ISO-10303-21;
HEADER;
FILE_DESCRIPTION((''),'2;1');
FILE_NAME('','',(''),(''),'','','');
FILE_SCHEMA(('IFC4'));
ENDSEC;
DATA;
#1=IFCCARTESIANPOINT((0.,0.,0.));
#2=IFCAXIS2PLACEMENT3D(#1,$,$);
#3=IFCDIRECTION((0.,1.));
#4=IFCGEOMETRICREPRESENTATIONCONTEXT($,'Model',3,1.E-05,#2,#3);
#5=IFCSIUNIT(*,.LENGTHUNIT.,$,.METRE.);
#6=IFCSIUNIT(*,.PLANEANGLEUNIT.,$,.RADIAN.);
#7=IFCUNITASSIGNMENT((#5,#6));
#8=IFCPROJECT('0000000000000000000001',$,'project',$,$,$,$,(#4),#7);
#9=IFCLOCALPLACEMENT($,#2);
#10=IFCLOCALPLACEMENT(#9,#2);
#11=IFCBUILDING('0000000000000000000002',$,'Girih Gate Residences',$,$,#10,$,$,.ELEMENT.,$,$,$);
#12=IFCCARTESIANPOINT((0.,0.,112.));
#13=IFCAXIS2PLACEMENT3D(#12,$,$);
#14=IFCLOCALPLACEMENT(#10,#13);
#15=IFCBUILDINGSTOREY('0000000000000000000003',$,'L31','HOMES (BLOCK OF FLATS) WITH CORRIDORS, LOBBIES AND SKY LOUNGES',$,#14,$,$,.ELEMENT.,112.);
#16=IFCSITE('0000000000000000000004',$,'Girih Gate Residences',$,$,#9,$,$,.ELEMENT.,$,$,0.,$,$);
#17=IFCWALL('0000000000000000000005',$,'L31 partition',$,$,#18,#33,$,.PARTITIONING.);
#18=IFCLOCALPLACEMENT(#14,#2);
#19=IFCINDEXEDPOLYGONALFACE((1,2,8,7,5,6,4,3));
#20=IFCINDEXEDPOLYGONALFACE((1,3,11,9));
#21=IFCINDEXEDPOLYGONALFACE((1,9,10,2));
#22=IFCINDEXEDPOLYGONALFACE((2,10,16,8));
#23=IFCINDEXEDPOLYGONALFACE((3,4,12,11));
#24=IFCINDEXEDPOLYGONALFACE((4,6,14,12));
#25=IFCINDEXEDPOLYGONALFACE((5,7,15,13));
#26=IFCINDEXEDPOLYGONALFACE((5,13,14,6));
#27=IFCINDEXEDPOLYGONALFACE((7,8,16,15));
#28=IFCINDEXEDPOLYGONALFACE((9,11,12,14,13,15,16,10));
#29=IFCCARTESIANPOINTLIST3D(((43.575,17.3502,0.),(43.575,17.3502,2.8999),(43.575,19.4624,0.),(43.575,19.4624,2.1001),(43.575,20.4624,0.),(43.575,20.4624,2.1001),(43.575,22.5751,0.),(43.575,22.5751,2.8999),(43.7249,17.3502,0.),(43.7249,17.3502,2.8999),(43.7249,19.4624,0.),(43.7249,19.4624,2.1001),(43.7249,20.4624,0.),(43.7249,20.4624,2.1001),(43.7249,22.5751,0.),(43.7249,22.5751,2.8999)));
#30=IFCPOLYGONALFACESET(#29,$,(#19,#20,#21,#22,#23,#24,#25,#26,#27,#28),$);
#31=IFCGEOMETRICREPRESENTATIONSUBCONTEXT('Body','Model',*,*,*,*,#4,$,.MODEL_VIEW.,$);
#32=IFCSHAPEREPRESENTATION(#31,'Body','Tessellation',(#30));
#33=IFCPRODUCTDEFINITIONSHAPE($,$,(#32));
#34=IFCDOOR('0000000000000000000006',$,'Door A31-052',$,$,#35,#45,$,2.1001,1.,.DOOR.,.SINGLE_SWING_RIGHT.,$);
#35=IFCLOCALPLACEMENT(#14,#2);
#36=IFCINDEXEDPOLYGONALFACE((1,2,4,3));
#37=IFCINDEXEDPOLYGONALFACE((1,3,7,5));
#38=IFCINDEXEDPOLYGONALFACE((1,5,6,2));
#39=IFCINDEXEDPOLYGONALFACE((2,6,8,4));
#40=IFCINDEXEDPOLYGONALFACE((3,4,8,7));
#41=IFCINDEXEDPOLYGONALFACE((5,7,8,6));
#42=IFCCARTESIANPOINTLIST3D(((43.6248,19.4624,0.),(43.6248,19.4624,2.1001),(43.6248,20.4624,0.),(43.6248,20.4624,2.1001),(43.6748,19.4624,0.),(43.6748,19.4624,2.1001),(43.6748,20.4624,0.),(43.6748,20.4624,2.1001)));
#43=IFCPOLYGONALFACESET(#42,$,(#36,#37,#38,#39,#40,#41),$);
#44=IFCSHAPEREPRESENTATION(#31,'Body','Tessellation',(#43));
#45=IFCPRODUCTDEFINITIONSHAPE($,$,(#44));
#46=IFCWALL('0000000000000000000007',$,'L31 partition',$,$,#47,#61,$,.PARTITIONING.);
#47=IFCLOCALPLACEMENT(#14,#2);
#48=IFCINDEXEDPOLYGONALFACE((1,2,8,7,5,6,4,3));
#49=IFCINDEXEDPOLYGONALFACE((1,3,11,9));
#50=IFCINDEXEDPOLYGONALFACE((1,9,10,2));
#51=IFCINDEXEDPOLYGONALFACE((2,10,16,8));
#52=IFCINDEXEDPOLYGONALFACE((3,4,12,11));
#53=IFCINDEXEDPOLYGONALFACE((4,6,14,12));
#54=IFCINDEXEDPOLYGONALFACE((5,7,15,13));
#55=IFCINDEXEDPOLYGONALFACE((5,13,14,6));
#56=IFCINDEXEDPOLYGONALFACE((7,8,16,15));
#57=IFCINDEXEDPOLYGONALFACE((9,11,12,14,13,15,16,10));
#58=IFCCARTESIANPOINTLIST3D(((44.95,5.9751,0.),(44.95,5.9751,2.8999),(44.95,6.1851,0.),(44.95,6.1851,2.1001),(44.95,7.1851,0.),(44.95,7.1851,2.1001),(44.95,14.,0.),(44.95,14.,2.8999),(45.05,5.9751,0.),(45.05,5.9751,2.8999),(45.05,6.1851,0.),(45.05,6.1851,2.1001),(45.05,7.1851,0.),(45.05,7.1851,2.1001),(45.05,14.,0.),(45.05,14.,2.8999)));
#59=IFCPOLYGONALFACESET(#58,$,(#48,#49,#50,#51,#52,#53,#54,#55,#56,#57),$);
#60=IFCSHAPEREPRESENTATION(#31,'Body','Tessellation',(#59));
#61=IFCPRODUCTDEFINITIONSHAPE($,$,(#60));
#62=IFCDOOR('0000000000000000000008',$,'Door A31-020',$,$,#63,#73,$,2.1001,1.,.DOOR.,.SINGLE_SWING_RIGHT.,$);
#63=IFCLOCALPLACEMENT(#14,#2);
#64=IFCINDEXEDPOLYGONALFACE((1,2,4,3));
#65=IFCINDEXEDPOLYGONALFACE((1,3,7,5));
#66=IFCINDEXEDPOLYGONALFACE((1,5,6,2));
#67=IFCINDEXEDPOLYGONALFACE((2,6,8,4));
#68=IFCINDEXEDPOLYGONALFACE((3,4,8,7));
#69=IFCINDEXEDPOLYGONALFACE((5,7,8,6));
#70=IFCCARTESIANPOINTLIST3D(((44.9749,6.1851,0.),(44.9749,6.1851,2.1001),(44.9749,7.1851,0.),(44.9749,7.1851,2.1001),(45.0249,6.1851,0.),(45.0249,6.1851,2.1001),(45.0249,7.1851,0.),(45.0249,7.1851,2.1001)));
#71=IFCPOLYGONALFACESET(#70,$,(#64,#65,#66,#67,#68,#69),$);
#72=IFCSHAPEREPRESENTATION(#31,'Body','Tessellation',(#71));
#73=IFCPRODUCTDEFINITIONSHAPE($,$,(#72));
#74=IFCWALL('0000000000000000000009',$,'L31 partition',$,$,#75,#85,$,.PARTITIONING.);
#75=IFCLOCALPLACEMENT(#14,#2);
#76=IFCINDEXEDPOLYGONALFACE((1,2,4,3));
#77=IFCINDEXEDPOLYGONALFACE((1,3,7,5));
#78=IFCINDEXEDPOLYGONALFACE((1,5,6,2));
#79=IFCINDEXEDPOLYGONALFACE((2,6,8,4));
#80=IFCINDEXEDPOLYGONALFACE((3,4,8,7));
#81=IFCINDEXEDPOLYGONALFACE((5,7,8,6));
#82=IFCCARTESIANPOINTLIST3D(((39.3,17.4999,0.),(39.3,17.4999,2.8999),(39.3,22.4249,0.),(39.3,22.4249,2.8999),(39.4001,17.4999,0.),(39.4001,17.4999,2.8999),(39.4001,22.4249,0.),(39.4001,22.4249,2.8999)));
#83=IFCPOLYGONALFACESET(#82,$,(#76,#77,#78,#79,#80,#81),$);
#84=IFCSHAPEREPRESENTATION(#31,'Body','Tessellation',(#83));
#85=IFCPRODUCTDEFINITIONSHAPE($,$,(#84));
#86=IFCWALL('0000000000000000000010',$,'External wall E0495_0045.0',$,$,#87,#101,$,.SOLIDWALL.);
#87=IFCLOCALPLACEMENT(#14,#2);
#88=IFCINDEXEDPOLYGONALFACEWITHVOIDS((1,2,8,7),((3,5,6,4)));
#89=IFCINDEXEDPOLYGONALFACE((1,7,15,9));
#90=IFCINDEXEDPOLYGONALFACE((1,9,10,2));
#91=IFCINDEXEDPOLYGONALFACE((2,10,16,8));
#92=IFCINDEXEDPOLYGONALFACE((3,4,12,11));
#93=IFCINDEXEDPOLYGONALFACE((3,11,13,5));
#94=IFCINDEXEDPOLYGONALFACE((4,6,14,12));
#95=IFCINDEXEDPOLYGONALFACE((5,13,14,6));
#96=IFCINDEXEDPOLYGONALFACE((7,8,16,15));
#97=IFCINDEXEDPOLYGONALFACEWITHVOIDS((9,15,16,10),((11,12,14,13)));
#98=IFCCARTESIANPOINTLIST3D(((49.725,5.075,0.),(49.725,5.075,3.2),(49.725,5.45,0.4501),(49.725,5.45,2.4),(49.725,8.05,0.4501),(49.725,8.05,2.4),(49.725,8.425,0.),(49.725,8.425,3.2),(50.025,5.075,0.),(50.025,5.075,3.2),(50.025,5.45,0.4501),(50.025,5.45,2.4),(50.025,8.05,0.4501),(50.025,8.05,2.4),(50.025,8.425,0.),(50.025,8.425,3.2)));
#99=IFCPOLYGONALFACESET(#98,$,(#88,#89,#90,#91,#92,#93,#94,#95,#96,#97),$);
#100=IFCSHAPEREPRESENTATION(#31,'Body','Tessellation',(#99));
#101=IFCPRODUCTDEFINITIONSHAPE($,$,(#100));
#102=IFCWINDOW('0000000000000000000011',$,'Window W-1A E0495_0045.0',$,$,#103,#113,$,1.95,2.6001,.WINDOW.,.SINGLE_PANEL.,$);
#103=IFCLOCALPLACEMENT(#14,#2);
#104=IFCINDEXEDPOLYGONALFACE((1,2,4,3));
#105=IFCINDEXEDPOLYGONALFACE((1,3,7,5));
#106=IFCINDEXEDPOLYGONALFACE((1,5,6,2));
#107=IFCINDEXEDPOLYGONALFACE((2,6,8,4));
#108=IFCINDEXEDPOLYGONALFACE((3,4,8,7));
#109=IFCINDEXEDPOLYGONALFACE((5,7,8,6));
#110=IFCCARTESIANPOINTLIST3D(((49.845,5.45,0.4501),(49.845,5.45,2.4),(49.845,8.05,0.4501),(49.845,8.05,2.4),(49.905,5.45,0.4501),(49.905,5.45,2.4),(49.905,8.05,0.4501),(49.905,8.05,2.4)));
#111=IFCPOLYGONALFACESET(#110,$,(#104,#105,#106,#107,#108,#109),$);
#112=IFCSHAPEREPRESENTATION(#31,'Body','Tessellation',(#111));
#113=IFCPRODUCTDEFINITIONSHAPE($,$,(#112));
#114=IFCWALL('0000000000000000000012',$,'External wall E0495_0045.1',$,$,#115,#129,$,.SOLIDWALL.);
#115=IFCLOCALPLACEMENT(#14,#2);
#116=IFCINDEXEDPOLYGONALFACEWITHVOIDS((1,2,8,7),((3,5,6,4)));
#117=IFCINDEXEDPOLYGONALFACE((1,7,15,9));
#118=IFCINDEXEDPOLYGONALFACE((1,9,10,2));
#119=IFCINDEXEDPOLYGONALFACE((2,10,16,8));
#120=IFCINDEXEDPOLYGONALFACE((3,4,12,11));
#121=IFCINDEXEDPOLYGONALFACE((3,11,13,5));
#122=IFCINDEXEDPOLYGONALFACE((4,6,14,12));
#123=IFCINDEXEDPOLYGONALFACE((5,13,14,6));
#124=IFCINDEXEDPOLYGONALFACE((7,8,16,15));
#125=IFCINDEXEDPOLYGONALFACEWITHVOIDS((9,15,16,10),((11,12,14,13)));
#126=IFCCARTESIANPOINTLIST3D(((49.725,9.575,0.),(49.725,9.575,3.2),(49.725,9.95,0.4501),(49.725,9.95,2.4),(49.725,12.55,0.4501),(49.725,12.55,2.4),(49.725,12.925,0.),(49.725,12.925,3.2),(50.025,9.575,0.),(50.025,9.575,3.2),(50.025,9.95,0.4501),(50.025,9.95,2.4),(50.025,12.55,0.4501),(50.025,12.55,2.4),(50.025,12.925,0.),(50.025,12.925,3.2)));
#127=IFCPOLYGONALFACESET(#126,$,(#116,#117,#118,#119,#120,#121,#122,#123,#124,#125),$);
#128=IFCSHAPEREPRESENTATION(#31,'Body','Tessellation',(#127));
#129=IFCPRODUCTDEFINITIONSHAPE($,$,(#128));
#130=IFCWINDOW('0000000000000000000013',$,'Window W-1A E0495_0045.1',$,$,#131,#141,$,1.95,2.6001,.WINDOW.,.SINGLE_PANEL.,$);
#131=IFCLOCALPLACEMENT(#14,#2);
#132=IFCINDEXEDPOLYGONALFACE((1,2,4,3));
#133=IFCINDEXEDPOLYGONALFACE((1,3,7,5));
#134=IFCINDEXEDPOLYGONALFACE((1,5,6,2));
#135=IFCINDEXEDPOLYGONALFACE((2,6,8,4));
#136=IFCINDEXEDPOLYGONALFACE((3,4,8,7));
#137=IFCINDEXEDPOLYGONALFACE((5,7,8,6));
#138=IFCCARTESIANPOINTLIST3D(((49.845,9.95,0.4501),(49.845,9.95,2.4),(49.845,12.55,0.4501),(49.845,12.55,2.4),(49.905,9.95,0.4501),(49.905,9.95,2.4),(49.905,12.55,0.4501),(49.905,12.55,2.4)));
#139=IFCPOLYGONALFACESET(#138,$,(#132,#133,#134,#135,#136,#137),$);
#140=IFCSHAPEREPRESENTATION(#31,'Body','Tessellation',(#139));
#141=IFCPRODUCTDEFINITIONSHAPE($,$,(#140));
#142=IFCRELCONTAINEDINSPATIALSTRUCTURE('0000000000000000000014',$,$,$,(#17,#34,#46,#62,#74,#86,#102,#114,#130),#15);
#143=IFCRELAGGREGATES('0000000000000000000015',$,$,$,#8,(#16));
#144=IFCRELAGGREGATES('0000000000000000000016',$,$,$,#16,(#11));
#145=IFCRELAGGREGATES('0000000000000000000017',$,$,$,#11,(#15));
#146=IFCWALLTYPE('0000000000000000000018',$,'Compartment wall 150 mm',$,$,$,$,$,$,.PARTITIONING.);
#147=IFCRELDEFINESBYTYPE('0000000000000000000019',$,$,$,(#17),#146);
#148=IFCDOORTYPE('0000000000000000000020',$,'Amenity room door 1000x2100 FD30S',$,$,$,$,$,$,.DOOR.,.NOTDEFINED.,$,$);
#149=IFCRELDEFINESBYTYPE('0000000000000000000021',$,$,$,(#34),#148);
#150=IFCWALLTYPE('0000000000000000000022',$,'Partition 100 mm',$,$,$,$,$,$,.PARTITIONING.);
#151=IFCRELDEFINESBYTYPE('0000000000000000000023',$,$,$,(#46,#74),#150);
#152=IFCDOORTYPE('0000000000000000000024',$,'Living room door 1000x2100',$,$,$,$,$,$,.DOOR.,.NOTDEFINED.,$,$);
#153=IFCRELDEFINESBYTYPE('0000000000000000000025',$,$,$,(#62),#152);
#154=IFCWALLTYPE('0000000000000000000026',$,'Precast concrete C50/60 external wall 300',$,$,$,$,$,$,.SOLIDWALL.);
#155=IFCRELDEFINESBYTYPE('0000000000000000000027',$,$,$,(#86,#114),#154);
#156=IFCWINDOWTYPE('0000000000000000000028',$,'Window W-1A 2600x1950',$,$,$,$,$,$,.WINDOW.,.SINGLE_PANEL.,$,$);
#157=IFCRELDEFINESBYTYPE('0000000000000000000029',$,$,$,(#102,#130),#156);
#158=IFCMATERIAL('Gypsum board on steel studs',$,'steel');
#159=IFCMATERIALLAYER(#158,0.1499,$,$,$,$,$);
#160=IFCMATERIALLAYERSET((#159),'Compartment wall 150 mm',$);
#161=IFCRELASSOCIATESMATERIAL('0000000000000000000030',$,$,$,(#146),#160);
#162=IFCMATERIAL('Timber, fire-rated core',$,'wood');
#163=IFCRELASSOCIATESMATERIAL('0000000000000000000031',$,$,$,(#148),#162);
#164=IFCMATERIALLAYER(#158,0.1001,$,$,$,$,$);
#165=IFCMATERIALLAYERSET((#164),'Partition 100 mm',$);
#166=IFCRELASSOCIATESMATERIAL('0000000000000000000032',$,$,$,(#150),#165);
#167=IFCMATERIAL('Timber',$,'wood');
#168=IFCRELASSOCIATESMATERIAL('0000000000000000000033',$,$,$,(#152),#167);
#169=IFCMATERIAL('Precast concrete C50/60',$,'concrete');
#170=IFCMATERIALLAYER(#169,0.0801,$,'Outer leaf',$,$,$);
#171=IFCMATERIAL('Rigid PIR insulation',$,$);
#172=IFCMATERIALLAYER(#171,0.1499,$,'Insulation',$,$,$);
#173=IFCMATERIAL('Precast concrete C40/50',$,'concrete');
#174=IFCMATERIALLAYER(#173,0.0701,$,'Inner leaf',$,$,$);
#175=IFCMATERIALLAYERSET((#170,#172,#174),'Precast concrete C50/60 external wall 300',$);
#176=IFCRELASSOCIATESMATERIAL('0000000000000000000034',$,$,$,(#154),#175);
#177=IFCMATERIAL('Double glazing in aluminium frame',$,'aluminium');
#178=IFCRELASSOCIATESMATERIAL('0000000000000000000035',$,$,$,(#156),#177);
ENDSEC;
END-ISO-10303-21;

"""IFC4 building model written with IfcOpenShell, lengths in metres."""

from ifc_helpers import new_model, si_unit, direction, frame, frame_2d, origin, place, context, subcontext, project, spatial, rectangle, extrude, material, layer, layer_set, type_object, element, fill, save


model = new_model("IFC4")

# Units and contexts
model_context = context("Model", 3, precision=1e-05, world=origin(), true_north=direction((0.0, 1.0)))
body_context = subcontext(model_context, "Body", "Model", "MODEL_VIEW")
ifc_project = project(units=[si_unit("LENGTHUNIT", "METRE"), si_unit("PLANEANGLEUNIT", "RADIAN")], contexts=[model_context])

# Site, building, storey
site_placement = place(None, origin())
site = spatial("IfcSite", under=ifc_project, at=site_placement, Name="Girih Gate Residences", CompositionType="ELEMENT", RefElevation=0.0)
building_placement = place(site_placement, origin())
building = spatial("IfcBuilding", under=site, at=building_placement, Name="Girih Gate Residences", CompositionType="ELEMENT")
storey_placement = place(building_placement, frame((0.0, 0.0, 112.0)))
storey = spatial("IfcBuildingStorey", under=building, at=storey_placement, Name="L31", Description="HOMES (BLOCK OF FLATS) WITH CORRIDORS, LOBBIES AND SKY LOUNGES", CompositionType="ELEMENT", Elevation=112.0)

# Shared definitions
ifc_material_1 = material(Name="Gypsum board on steel studs", Category="steel")
ifc_layer_1 = layer(ifc_material_1, 0.1499)
ifc_layer_set_1 = layer_set([ifc_layer_1], Name="Compartment wall 150 mm")
wall_type_1 = type_object("IfcWallType", Name="Compartment wall 150 mm", PredefinedType="PARTITIONING", material=ifc_layer_set_1)

# Shared definitions
ifc_material_2 = material(Name="Timber, fire-rated core", Category="wood")

# Walls, openings, doors
wall_1_placement = place(storey_placement, frame((43.6499, 22.575, 0.0), z_axis=(0.0, 0.0, 1.0), x_axis=(0.0, -1.0, 0.0)))
wall_1 = element("IfcWall", 1, at=wall_1_placement, inside=storey, type_object=wall_type_1, Name="L31 partition", PredefinedType="PARTITIONING", context=body_context, shape_type="SweptSolid", body=[
    extrude(rectangle(XDim=5.2249, YDim=0.1499, at=frame_2d((2.6123, 0.0))), origin(), (0.0, 0.0, 1.0), 2.8999),
])
opening_1_placement = place(wall_1_placement, frame((2.1125, 0.0, 0.0)))
opening_1 = element("IfcOpeningElement", 2, at=opening_1_placement, cuts=wall_1, PredefinedType="OPENING", context=body_context, shape_type="SweptSolid", body=[
    extrude(rectangle(XDim=1.0, YDim=2.1001, at=frame_2d((0.5, 1.05))), frame((0.0, 0.085, 0.0), z_axis=(0.0, -1.0, 0.0), x_axis=(1.0, 0.0, 0.0)), (0.0, 0.0, 1.0), 0.1699),
])
door_type_1 = type_object("IfcDoorType", Name="Amenity room door 1000x2100 FD30S", OperationType="NOTDEFINED", PredefinedType="DOOR", material=ifc_material_2)
door_1_placement = place(opening_1_placement, origin())
door_1 = element("IfcDoor", 3, at=door_1_placement, inside=storey, type_object=door_type_1, Name="Door A31-052", OperationType="SINGLE_SWING_RIGHT", OverallHeight=2.1001, OverallWidth=1.0, PredefinedType="DOOR", context=body_context, shape_type="SweptSolid", body=[
    extrude(rectangle(XDim=1.0, YDim=2.1001, at=frame_2d((0.5, 1.05))), frame((0.0, 0.0249, 0.0), z_axis=(0.0, -1.0, 0.0), x_axis=(1.0, 0.0, 0.0)), (0.0, 0.0, 1.0), 0.05),
])
fill(opening_1, door_1)
ifc_layer_2 = layer(ifc_material_1, 0.1001)
ifc_layer_set_2 = layer_set([ifc_layer_2], Name="Partition 100 mm")
wall_type_2 = type_object("IfcWallType", Name="Partition 100 mm", PredefinedType="PARTITIONING", material=ifc_layer_set_2)
wall_2_placement = place(storey_placement, frame((45.0, 14.0, 0.0), z_axis=(0.0, 0.0, 1.0), x_axis=(0.0, -1.0, 0.0)))
wall_2 = element("IfcWall", 4, at=wall_2_placement, inside=storey, type_object=wall_type_2, Name="L31 partition", PredefinedType="PARTITIONING", context=body_context, shape_type="SweptSolid", body=[
    extrude(rectangle(XDim=8.0249, YDim=0.1001, at=frame_2d((4.0125, 0.0))), origin(), (0.0, 0.0, 1.0), 2.8999),
])
opening_2_placement = place(wall_2_placement, frame((6.8149, 0.0, 0.0)))
opening_2 = element("IfcOpeningElement", 5, at=opening_2_placement, cuts=wall_2, PredefinedType="OPENING", context=body_context, shape_type="SweptSolid", body=[
    extrude(rectangle(XDim=1.0, YDim=2.1001, at=frame_2d((0.5, 1.05))), frame((0.0, 0.0601, 0.0), z_axis=(0.0, -1.0, 0.0), x_axis=(1.0, 0.0, 0.0)), (0.0, 0.0, 1.0), 0.1201),
])
ifc_material_3 = material(Name="Timber", Category="wood")
door_type_2 = type_object("IfcDoorType", Name="Living room door 1000x2100", OperationType="NOTDEFINED", PredefinedType="DOOR", material=ifc_material_3)
door_2_placement = place(opening_2_placement, origin())
door_2 = element("IfcDoor", 6, at=door_2_placement, inside=storey, type_object=door_type_2, Name="Door A31-020", OperationType="SINGLE_SWING_RIGHT", OverallHeight=2.1001, OverallWidth=1.0, PredefinedType="DOOR", context=body_context, shape_type="SweptSolid", body=[
    extrude(rectangle(XDim=1.0, YDim=2.1001, at=frame_2d((0.5, 1.05))), frame((0.0, 0.0249, 0.0), z_axis=(0.0, -1.0, 0.0), x_axis=(1.0, 0.0, 0.0)), (0.0, 0.0, 1.0), 0.05),
])
fill(opening_2, door_2)

# Wall
wall_3_placement = place(storey_placement, frame((39.3501, 17.5, 0.0), z_axis=(0.0, 0.0, 1.0), x_axis=(0.0, 1.0, 0.0)))
element("IfcWall", 7, at=wall_3_placement, inside=storey, type_object=wall_type_2, Name="L31 partition", PredefinedType="PARTITIONING", context=body_context, shape_type="SweptSolid", body=[
    extrude(rectangle(XDim=4.925, YDim=0.1001, at=frame_2d((2.4624, 0.0))), origin(), (0.0, 0.0, 1.0), 2.8999),
])

# Walls, openings, windows
ifc_material_4 = material(Name="Precast concrete C50/60", Category="concrete")
ifc_layer_3 = layer(ifc_material_4, 0.0801, Name="Outer leaf")
ifc_material_5 = material(Name="Rigid PIR insulation")
ifc_layer_4 = layer(ifc_material_5, 0.1499, Name="Insulation")
ifc_material_6 = material(Name="Precast concrete C40/50", Category="concrete")
ifc_layer_5 = layer(ifc_material_6, 0.0701, Name="Inner leaf")
ifc_layer_set_3 = layer_set([ifc_layer_3, ifc_layer_4, ifc_layer_5], Name="Precast concrete C50/60 external wall 300")
wall_type_3 = type_object("IfcWallType", Name="Precast concrete C50/60 external wall 300", PredefinedType="SOLIDWALL", material=ifc_layer_set_3)
wall_4_placement = place(storey_placement, frame((49.875, 8.425, 0.0), z_axis=(0.0, 0.0, 1.0), x_axis=(0.0, -1.0, 0.0)))
wall_4 = element("IfcWall", 8, at=wall_4_placement, inside=storey, type_object=wall_type_3, Name="External wall E0495_0045.0", PredefinedType="SOLIDWALL", context=body_context, shape_type="SweptSolid", body=[
    extrude(rectangle(XDim=3.3501, YDim=0.3, at=frame_2d((1.675, 0.0))), origin(), (0.0, 0.0, 1.0), 3.2),
])
opening_3_placement = place(wall_4_placement, frame((0.375, 0.0, 0.45)))
opening_3 = element("IfcOpeningElement", 9, at=opening_3_placement, cuts=wall_4, PredefinedType="OPENING", context=body_context, shape_type="SweptSolid", body=[
    extrude(rectangle(XDim=2.6001, YDim=1.95, at=frame_2d((1.3, 0.9751))), frame((0.0, 0.1599, 0.0), z_axis=(0.0, -1.0, 0.0), x_axis=(1.0, 0.0, 0.0)), (0.0, 0.0, 1.0), 0.3201),
])
ifc_material_7 = material(Name="Double glazing in aluminium frame", Category="aluminium")
window_type = type_object("IfcWindowType", Name="Window W-1A 2600x1950", PartitioningType="SINGLE_PANEL", PredefinedType="WINDOW", material=ifc_material_7)
window_1_placement = place(opening_3_placement, origin())
window_1 = element("IfcWindow", 10, at=window_1_placement, inside=storey, type_object=window_type, Name="Window W-1A E0495_0045.0", OverallHeight=1.95, OverallWidth=2.6001, PartitioningType="SINGLE_PANEL", PredefinedType="WINDOW", context=body_context, shape_type="SweptSolid", body=[
    extrude(rectangle(XDim=2.6001, YDim=1.95, at=frame_2d((1.3, 0.9751))), frame((0.0, 0.03, 0.0), z_axis=(0.0, -1.0, 0.0), x_axis=(1.0, 0.0, 0.0)), (0.0, 0.0, 1.0), 0.0601),
])
fill(opening_3, window_1)
wall_5_placement = place(storey_placement, frame((49.875, 12.925, 0.0), z_axis=(0.0, 0.0, 1.0), x_axis=(0.0, -1.0, 0.0)))
wall_5 = element("IfcWall", 11, at=wall_5_placement, inside=storey, type_object=wall_type_3, Name="External wall E0495_0045.1", PredefinedType="SOLIDWALL", context=body_context, shape_type="SweptSolid", body=[
    extrude(rectangle(XDim=3.3501, YDim=0.3, at=frame_2d((1.675, 0.0))), origin(), (0.0, 0.0, 1.0), 3.2),
])
opening_4_placement = place(wall_5_placement, frame((0.375, 0.0, 0.45)))
opening_4 = element("IfcOpeningElement", 12, at=opening_4_placement, cuts=wall_5, PredefinedType="OPENING", context=body_context, shape_type="SweptSolid", body=[
    extrude(rectangle(XDim=2.6001, YDim=1.95, at=frame_2d((1.3, 0.9751))), frame((0.0, 0.1599, 0.0), z_axis=(0.0, -1.0, 0.0), x_axis=(1.0, 0.0, 0.0)), (0.0, 0.0, 1.0), 0.3201),
])
window_2_placement = place(opening_4_placement, origin())
window_2 = element("IfcWindow", 13, at=window_2_placement, inside=storey, type_object=window_type, Name="Window W-1A E0495_0045.1", OverallHeight=1.95, OverallWidth=2.6001, PartitioningType="SINGLE_PANEL", PredefinedType="WINDOW", context=body_context, shape_type="SweptSolid", body=[
    extrude(rectangle(XDim=2.6001, YDim=1.95, at=frame_2d((1.3, 0.9751))), frame((0.0, 0.03, 0.0), z_axis=(0.0, -1.0, 0.0), x_axis=(1.0, 0.0, 0.0)), (0.0, 0.0, 1.0), 0.0601),
])
fill(opening_4, window_2)

save(model, "model.ifc")
